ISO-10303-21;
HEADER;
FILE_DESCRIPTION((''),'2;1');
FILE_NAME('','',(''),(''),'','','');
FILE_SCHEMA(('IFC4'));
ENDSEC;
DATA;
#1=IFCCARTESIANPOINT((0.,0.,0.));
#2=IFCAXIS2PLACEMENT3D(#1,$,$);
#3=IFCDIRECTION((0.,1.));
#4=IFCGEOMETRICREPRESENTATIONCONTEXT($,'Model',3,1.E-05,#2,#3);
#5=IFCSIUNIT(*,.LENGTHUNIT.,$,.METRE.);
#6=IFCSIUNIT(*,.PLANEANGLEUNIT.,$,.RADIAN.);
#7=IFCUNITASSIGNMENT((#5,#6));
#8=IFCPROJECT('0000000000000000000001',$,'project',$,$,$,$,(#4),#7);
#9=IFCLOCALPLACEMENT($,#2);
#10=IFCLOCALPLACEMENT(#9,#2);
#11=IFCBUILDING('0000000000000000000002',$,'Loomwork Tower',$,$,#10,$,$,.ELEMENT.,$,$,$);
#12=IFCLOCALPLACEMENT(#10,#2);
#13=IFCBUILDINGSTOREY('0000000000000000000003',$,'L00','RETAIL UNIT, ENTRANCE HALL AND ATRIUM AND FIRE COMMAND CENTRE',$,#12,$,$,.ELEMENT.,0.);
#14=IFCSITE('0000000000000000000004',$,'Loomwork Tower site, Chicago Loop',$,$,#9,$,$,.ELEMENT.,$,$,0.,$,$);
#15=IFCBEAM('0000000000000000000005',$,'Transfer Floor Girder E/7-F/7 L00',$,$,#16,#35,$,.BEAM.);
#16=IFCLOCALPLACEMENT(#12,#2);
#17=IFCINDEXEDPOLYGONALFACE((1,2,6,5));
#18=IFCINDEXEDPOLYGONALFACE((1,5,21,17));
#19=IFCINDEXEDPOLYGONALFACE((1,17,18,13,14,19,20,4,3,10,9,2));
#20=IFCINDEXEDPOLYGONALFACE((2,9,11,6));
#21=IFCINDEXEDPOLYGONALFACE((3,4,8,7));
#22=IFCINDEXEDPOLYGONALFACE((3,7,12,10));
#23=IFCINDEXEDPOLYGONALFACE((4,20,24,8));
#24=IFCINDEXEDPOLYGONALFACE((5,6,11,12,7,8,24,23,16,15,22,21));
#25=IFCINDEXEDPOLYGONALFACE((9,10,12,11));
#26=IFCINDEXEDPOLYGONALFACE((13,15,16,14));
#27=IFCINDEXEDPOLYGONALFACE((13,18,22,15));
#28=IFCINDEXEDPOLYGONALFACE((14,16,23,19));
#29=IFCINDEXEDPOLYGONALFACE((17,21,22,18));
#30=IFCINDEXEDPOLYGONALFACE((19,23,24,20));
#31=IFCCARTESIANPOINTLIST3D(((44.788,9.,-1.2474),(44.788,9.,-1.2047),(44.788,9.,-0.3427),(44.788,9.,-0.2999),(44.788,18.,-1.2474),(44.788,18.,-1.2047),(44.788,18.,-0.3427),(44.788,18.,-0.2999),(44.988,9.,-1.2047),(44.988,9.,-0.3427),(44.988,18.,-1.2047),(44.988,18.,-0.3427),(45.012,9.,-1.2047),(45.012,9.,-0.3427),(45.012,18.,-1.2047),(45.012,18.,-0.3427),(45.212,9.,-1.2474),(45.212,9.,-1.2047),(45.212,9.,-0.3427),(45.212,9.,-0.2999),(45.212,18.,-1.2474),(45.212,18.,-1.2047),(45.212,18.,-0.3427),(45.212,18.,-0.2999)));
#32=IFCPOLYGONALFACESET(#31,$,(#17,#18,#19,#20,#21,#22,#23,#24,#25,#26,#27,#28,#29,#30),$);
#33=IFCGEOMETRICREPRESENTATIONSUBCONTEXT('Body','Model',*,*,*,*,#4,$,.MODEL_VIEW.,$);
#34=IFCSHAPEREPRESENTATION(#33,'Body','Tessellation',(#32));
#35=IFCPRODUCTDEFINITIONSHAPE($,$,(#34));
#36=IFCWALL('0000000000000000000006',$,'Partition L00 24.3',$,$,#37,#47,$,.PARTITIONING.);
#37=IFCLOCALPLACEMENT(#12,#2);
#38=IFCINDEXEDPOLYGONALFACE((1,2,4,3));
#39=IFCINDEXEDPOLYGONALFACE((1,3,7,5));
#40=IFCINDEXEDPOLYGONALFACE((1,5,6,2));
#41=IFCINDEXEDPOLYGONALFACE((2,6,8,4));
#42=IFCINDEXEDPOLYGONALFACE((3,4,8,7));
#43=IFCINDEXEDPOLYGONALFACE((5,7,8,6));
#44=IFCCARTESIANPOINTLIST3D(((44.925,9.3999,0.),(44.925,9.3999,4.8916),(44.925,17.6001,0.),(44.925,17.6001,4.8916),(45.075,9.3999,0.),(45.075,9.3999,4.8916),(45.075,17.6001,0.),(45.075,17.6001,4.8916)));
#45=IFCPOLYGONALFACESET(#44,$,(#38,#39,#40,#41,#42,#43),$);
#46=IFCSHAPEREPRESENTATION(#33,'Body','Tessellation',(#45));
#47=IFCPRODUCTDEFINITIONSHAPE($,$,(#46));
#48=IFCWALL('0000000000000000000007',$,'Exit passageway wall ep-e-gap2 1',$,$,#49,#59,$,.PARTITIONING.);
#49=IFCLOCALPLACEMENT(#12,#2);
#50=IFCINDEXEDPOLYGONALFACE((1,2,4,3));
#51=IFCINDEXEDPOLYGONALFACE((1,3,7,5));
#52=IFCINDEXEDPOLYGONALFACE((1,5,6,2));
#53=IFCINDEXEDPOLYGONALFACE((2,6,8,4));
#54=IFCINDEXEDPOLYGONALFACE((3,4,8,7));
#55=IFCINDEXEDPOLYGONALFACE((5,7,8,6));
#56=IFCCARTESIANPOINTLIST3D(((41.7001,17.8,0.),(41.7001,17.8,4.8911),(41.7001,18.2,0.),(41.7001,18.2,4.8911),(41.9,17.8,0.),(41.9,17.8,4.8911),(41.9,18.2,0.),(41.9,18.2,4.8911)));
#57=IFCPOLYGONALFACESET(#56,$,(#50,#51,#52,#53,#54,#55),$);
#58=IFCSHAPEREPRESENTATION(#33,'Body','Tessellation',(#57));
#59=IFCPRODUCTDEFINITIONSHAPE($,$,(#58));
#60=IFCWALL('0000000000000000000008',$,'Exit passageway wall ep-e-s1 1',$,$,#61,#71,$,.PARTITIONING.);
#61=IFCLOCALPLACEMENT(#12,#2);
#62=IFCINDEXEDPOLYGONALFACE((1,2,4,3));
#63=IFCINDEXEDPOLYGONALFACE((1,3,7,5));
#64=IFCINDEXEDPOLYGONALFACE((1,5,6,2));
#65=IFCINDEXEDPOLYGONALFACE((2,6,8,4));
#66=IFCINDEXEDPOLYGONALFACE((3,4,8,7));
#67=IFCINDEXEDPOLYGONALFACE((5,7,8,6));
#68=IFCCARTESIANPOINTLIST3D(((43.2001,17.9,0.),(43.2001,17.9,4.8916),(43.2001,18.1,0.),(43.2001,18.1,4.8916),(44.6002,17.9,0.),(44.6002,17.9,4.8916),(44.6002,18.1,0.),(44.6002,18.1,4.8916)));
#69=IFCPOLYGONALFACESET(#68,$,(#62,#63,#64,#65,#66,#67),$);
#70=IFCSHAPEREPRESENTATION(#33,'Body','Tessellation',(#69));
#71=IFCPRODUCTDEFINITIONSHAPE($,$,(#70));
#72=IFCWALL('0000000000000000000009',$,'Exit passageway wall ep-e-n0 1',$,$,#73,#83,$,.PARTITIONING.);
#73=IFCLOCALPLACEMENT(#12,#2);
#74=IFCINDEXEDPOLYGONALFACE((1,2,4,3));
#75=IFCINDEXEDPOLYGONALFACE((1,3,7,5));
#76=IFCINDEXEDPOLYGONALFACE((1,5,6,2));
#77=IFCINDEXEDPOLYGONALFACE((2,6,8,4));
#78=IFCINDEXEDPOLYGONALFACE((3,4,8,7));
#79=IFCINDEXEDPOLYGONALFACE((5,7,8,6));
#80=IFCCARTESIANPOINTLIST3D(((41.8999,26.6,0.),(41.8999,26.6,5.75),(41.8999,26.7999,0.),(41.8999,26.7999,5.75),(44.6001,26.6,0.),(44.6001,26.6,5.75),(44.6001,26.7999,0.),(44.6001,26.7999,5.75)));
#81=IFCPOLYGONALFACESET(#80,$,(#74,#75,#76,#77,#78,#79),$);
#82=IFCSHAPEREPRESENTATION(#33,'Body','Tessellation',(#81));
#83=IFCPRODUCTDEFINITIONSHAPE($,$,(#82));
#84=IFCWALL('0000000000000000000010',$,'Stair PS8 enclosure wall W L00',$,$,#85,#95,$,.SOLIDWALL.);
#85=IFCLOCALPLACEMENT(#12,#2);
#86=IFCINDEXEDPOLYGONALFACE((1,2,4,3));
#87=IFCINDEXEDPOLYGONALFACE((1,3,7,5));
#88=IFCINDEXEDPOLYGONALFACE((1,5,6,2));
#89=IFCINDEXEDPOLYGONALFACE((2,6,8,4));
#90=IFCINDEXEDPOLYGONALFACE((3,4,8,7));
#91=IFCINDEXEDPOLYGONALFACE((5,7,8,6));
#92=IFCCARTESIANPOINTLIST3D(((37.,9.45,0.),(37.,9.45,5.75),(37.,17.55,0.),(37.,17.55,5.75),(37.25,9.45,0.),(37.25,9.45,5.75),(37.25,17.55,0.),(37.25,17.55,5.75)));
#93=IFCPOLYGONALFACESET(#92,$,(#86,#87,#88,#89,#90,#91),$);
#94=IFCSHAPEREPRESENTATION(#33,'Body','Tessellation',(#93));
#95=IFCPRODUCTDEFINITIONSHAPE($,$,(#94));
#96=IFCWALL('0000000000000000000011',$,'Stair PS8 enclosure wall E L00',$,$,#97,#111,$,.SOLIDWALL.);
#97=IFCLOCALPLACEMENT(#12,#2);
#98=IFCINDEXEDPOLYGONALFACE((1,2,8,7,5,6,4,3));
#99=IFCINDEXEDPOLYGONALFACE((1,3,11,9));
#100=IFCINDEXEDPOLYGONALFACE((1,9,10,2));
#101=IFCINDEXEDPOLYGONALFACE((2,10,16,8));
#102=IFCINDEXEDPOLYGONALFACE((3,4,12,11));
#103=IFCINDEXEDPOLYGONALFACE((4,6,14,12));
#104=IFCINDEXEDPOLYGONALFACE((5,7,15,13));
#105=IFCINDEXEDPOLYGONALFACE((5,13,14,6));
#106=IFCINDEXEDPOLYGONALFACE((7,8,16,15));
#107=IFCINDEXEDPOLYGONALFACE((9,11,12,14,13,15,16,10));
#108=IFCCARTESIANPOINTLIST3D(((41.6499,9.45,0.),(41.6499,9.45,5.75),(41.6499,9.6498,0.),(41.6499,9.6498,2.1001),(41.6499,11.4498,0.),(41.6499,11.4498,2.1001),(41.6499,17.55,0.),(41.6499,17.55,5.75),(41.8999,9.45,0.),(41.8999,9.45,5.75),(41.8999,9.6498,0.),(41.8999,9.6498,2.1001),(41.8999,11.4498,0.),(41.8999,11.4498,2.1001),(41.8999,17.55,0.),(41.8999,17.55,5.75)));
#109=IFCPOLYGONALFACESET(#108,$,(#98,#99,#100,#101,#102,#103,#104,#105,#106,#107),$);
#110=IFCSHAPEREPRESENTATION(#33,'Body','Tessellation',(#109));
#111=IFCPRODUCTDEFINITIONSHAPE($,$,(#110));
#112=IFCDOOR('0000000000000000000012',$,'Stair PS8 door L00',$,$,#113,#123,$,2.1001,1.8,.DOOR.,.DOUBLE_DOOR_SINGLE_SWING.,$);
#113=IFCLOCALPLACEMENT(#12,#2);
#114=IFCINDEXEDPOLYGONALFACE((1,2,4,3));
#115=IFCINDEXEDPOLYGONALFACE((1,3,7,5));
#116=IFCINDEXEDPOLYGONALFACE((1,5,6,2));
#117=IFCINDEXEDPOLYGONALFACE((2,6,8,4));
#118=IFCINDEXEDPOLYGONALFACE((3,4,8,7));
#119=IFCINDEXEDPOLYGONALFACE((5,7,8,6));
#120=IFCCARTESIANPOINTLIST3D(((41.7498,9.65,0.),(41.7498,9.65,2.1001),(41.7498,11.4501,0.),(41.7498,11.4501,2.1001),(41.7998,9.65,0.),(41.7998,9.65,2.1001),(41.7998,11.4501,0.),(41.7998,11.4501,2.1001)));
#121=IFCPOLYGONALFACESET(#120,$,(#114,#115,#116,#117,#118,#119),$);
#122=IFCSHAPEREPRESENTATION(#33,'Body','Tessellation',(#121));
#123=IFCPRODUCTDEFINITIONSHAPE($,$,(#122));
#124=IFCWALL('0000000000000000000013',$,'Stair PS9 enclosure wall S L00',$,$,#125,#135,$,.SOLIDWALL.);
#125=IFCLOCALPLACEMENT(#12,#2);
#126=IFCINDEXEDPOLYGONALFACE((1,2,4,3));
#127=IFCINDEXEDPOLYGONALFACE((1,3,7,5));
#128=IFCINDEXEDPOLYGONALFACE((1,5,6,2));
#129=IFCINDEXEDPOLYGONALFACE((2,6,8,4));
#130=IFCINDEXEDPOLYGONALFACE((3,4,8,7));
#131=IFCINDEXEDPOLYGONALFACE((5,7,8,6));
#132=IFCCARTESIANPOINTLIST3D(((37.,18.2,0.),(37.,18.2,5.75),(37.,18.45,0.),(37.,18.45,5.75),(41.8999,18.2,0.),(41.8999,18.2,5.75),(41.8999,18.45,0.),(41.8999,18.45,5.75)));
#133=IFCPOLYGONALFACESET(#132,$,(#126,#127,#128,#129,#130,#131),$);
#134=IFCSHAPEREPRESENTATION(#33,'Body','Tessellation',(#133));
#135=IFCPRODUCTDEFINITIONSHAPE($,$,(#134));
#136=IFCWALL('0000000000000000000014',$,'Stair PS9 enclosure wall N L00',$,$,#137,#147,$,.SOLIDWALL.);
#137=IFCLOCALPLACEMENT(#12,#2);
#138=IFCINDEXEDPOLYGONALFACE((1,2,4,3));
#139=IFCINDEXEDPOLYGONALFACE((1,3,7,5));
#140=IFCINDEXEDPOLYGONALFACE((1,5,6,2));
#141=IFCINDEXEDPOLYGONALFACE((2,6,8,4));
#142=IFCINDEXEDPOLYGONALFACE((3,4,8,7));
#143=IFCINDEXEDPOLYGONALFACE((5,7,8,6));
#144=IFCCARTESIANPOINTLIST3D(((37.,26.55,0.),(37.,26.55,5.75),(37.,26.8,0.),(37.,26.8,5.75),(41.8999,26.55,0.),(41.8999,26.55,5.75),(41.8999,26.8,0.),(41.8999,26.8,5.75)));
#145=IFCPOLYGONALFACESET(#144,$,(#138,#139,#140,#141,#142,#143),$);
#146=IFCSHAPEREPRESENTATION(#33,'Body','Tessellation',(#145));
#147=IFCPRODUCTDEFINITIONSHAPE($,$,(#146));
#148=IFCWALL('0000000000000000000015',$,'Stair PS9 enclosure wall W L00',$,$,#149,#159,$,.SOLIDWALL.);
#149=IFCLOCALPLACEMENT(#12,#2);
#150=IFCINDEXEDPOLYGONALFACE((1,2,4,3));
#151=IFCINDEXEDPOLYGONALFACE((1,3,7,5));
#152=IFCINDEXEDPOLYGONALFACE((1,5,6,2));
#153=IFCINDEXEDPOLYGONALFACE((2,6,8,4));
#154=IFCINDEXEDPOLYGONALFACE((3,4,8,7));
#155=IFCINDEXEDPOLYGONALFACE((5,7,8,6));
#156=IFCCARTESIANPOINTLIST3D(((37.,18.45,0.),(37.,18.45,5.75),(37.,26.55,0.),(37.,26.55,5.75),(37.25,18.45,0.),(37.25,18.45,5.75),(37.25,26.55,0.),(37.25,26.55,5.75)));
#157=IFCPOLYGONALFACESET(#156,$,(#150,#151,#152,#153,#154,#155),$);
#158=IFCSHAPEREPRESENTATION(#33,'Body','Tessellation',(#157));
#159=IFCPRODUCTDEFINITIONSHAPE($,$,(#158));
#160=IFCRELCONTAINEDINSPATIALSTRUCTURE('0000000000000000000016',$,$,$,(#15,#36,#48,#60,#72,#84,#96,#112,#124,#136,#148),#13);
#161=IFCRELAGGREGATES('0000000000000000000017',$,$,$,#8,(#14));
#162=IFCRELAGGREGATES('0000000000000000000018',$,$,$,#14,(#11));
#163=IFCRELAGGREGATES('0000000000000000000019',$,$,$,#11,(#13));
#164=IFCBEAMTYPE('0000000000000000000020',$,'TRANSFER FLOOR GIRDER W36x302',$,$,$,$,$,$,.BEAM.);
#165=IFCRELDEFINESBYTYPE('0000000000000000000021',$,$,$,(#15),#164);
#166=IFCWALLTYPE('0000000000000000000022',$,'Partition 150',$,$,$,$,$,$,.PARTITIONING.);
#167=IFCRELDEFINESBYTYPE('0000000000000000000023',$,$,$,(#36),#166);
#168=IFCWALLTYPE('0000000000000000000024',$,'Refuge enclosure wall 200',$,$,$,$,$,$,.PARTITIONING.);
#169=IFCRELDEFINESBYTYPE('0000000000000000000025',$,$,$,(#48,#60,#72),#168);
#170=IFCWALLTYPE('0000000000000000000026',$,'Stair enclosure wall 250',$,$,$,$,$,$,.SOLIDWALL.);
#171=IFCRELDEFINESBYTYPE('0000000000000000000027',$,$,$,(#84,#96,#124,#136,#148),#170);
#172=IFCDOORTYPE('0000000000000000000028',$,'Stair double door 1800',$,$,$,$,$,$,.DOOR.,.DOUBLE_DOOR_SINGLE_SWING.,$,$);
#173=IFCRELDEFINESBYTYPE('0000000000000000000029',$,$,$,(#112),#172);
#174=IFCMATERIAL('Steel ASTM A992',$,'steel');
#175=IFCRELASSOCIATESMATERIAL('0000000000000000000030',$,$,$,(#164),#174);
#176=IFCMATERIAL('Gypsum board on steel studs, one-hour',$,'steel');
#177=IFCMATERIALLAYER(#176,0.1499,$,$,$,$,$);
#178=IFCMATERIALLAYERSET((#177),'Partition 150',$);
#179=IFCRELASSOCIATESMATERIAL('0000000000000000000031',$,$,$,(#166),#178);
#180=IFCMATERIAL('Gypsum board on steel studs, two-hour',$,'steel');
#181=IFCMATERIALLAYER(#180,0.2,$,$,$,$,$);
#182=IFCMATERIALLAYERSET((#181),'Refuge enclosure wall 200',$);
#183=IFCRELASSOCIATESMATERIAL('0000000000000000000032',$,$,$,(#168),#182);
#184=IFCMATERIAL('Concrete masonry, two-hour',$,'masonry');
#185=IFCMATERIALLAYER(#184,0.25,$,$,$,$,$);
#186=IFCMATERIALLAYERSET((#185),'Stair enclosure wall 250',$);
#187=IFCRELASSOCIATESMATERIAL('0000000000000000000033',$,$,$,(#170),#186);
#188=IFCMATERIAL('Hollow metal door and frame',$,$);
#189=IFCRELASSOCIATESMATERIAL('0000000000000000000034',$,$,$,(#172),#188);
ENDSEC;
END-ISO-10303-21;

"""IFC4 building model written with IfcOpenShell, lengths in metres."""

from ifc_helpers import new_model, si_unit, direction, frame, frame_2d, origin, origin_2d, place, context, subcontext, project, spatial, rectangle, i_section, extrude, material, layer, layer_set, material_profile, profile_set, type_object, element, fill, save


model = new_model("IFC4")

# Units and contexts
model_context = context("Model", 3, precision=1e-05, world=origin(), true_north=direction((0.0, 1.0)))
body_context = subcontext(model_context, "Body", "Model", "MODEL_VIEW")
ifc_project = project(units=[si_unit("LENGTHUNIT", "METRE"), si_unit("PLANEANGLEUNIT", "RADIAN")], contexts=[model_context])

# Site, building, storey
site_placement = place(None, origin())
site = spatial("IfcSite", under=ifc_project, at=site_placement, Name="Loomwork Tower site, Chicago Loop", CompositionType="ELEMENT", RefElevation=0.0)
building_placement = place(site_placement, origin())
building = spatial("IfcBuilding", under=site, at=building_placement, Name="Loomwork Tower", CompositionType="ELEMENT")
storey_placement = place(building_placement, origin())
storey = spatial("IfcBuildingStorey", under=building, at=storey_placement, Name="L00", Description="RETAIL UNIT, ENTRANCE HALL AND ATRIUM AND FIRE COMMAND CENTRE", CompositionType="ELEMENT", Elevation=0.0)

# Beam
ifc_material_1 = material(Name="Steel ASTM A992", Category="steel")
ifc_material_profile = material_profile(ifc_material_1, i_section(OverallWidth=0.4241, OverallDepth=0.9475, WebThickness=0.0239, FlangeThickness=0.0427, at=origin_2d()), Name="W36x302")
ifc_profile_set = profile_set([ifc_material_profile], Name="Steel ASTM A992")
beam_type = type_object("IfcBeamType", Name="TRANSFER FLOOR GIRDER W36x302", PredefinedType="BEAM", material=ifc_profile_set)
beam_placement = place(storey_placement, frame((45.0, 9.0, -0.7737), z_axis=(0.0, 1.0, 0.0), x_axis=(-1.0, 0.0, 0.0)))
element("IfcBeam", 1, at=beam_placement, inside=storey, type_object=beam_type, Name="Transfer Floor Girder E/7-F/7 L00", PredefinedType="BEAM", context=body_context, shape_type="SweptSolid", body=[
    extrude(i_section(OverallWidth=0.4241, OverallDepth=0.9475, WebThickness=0.0239, FlangeThickness=0.0427, at=origin_2d()), origin(), (0.0, 0.0, 1.0), 9.0),
])

# Walls
ifc_material_2 = material(Name="Gypsum board on steel studs, one-hour", Category="steel")
ifc_layer_1 = layer(ifc_material_2, 0.1499)
ifc_layer_set_1 = layer_set([ifc_layer_1], Name="Partition 150")
wall_type_1 = type_object("IfcWallType", Name="Partition 150", PredefinedType="PARTITIONING", material=ifc_layer_set_1)
wall_1_placement = place(storey_placement, frame((45.0, 9.3999, 0.0), z_axis=(0.0, 0.0, 1.0), x_axis=(0.0, 1.0, 0.0)))
element("IfcWall", 2, at=wall_1_placement, inside=storey, type_object=wall_type_1, Name="Partition L00 24.3", PredefinedType="PARTITIONING", context=body_context, shape_type="SweptSolid", body=[
    extrude(rectangle(XDim=8.2002, YDim=0.1499, at=frame_2d((4.1001, 0.0))), origin(), (0.0, 0.0, 1.0), 4.8916),
])
ifc_material_3 = material(Name="Gypsum board on steel studs, two-hour", Category="steel")
ifc_layer_2 = layer(ifc_material_3, 0.2)
ifc_layer_set_2 = layer_set([ifc_layer_2], Name="Refuge enclosure wall 200")
wall_type_2 = type_object("IfcWallType", Name="Refuge enclosure wall 200", PredefinedType="PARTITIONING", material=ifc_layer_set_2)
wall_2_placement = place(storey_placement, frame((41.8, 17.8, 0.0), z_axis=(0.0, 0.0, 1.0), x_axis=(0.0, 1.0, 0.0)))
element("IfcWall", 3, at=wall_2_placement, inside=storey, type_object=wall_type_2, Name="Exit passageway wall ep-e-gap2 1", PredefinedType="PARTITIONING", context=body_context, shape_type="SweptSolid", body=[
    extrude(rectangle(XDim=0.3999, YDim=0.2, at=frame_2d((0.2, 0.0))), origin(), (0.0, 0.0, 1.0), 4.8911),
])
wall_3_placement = place(storey_placement, frame((43.2, 18.0, 0.0), z_axis=(0.0, 0.0, 1.0), x_axis=(1.0, 0.0, 0.0)))
element("IfcWall", 4, at=wall_3_placement, inside=storey, type_object=wall_type_2, Name="Exit passageway wall ep-e-s1 1", PredefinedType="PARTITIONING", context=body_context, shape_type="SweptSolid", body=[
    extrude(rectangle(XDim=1.4001, YDim=0.2, at=frame_2d((0.7002, 0.0))), origin(), (0.0, 0.0, 1.0), 4.8916),
])
wall_4_placement = place(storey_placement, frame((41.8999, 26.7, 0.0), z_axis=(0.0, 0.0, 1.0), x_axis=(1.0, 0.0, 0.0)))
element("IfcWall", 5, at=wall_4_placement, inside=storey, type_object=wall_type_2, Name="Exit passageway wall ep-e-n0 1", PredefinedType="PARTITIONING", context=body_context, shape_type="SweptSolid", body=[
    extrude(rectangle(XDim=2.7002, YDim=0.2, at=frame_2d((1.3501, 0.0))), origin(), (0.0, 0.0, 1.0), 5.75),
])
ifc_material_4 = material(Name="Concrete masonry, two-hour", Category="masonry")
ifc_layer_3 = layer(ifc_material_4, 0.25)
ifc_layer_set_3 = layer_set([ifc_layer_3], Name="Stair enclosure wall 250")
wall_type_3 = type_object("IfcWallType", Name="Stair enclosure wall 250", PredefinedType="SOLIDWALL", material=ifc_layer_set_3)
wall_5_placement = place(storey_placement, frame((37.125, 9.45, 0.0), z_axis=(0.0, 0.0, 1.0), x_axis=(0.0, 1.0, 0.0)))
element("IfcWall", 6, at=wall_5_placement, inside=storey, type_object=wall_type_3, Name="Stair PS8 enclosure wall W L00", PredefinedType="SOLIDWALL", context=body_context, shape_type="SweptSolid", body=[
    extrude(rectangle(XDim=8.1001, YDim=0.25, at=frame_2d((4.05, 0.0))), origin(), (0.0, 0.0, 1.0), 5.75),
])

# Wall, opening, door
wall_6_placement = place(storey_placement, frame((41.7749, 9.45, 0.0), z_axis=(0.0, 0.0, 1.0), x_axis=(0.0, 1.0, 0.0)))
wall_6 = element("IfcWall", 7, at=wall_6_placement, inside=storey, type_object=wall_type_3, Name="Stair PS8 enclosure wall E L00", PredefinedType="SOLIDWALL", context=body_context, shape_type="SweptSolid", body=[
    extrude(rectangle(XDim=8.1001, YDim=0.25, at=frame_2d((4.05, 0.0))), origin(), (0.0, 0.0, 1.0), 5.75),
])
opening_1_placement = place(wall_6_placement, frame((0.2, 0.0, 0.0)))
opening_1 = element("IfcOpeningElement", 8, at=opening_1_placement, cuts=wall_6, PredefinedType="OPENING", context=body_context, shape_type="SweptSolid", body=[
    extrude(rectangle(XDim=1.8, YDim=2.1001, at=frame_2d((0.8999, 1.05))), frame((0.0, 0.135, 0.0), z_axis=(0.0, -1.0, 0.0), x_axis=(1.0, 0.0, 0.0)), (0.0, 0.0, 1.0), 0.27),
])
ifc_material_5 = material(Name="Hollow metal door and frame")
door_type = type_object("IfcDoorType", Name="Stair double door 1800", OperationType="DOUBLE_DOOR_SINGLE_SWING", PredefinedType="DOOR", material=ifc_material_5)
door_1_placement = place(opening_1_placement, frame((1.8, 0.0, 0.0), z_axis=(0.0, 0.0, 1.0), x_axis=(-1.0, 0.0, 0.0)))
door_1 = element("IfcDoor", 9, at=door_1_placement, inside=storey, type_object=door_type, Name="Stair PS8 door L00", OperationType="DOUBLE_DOOR_SINGLE_SWING", OverallHeight=2.1001, OverallWidth=1.8, PredefinedType="DOOR", context=body_context, shape_type="SweptSolid", body=[
    extrude(rectangle(XDim=1.8, YDim=2.1001, at=frame_2d((0.8999, 1.05))), frame((0.0, 0.0249, 0.0), z_axis=(0.0, -1.0, 0.0), x_axis=(1.0, 0.0, 0.0)), (0.0, 0.0, 1.0), 0.05),
])
fill(opening_1, door_1)

# Walls
for number, where, z_axis, x_axis, name in (
    (10, (37.0, 18.325, 0.0), (0.0, 0.0, 1.0), (1.0, 0.0, 0.0), "Stair PS9 enclosure wall S L00"),
    (11, (37.0, 26.675, 0.0), (0.0, 0.0, 1.0), (1.0, 0.0, 0.0), "Stair PS9 enclosure wall N L00"),
):
    element("IfcWall", number, at=place(storey_placement, frame(where, z_axis=z_axis, x_axis=x_axis)), inside=storey, type_object=wall_type_3, Name=name, PredefinedType="SOLIDWALL", context=body_context, shape_type="SweptSolid", body=[
        extrude(rectangle(XDim=4.8999, YDim=0.25, at=frame_2d((2.45, 0.0))), origin(), (0.0, 0.0, 1.0), 5.75),
    ])
wall_7_placement = place(storey_placement, frame((37.125, 18.45, 0.0), z_axis=(0.0, 0.0, 1.0), x_axis=(0.0, 1.0, 0.0)))
element("IfcWall", 12, at=wall_7_placement, inside=storey, type_object=wall_type_3, Name="Stair PS9 enclosure wall W L00", PredefinedType="SOLIDWALL", context=body_context, shape_type="SweptSolid", body=[
    extrude(rectangle(XDim=8.1001, YDim=0.25, at=frame_2d((4.05, 0.0))), origin(), (0.0, 0.0, 1.0), 5.75),
])

save(model, "model.ifc")
